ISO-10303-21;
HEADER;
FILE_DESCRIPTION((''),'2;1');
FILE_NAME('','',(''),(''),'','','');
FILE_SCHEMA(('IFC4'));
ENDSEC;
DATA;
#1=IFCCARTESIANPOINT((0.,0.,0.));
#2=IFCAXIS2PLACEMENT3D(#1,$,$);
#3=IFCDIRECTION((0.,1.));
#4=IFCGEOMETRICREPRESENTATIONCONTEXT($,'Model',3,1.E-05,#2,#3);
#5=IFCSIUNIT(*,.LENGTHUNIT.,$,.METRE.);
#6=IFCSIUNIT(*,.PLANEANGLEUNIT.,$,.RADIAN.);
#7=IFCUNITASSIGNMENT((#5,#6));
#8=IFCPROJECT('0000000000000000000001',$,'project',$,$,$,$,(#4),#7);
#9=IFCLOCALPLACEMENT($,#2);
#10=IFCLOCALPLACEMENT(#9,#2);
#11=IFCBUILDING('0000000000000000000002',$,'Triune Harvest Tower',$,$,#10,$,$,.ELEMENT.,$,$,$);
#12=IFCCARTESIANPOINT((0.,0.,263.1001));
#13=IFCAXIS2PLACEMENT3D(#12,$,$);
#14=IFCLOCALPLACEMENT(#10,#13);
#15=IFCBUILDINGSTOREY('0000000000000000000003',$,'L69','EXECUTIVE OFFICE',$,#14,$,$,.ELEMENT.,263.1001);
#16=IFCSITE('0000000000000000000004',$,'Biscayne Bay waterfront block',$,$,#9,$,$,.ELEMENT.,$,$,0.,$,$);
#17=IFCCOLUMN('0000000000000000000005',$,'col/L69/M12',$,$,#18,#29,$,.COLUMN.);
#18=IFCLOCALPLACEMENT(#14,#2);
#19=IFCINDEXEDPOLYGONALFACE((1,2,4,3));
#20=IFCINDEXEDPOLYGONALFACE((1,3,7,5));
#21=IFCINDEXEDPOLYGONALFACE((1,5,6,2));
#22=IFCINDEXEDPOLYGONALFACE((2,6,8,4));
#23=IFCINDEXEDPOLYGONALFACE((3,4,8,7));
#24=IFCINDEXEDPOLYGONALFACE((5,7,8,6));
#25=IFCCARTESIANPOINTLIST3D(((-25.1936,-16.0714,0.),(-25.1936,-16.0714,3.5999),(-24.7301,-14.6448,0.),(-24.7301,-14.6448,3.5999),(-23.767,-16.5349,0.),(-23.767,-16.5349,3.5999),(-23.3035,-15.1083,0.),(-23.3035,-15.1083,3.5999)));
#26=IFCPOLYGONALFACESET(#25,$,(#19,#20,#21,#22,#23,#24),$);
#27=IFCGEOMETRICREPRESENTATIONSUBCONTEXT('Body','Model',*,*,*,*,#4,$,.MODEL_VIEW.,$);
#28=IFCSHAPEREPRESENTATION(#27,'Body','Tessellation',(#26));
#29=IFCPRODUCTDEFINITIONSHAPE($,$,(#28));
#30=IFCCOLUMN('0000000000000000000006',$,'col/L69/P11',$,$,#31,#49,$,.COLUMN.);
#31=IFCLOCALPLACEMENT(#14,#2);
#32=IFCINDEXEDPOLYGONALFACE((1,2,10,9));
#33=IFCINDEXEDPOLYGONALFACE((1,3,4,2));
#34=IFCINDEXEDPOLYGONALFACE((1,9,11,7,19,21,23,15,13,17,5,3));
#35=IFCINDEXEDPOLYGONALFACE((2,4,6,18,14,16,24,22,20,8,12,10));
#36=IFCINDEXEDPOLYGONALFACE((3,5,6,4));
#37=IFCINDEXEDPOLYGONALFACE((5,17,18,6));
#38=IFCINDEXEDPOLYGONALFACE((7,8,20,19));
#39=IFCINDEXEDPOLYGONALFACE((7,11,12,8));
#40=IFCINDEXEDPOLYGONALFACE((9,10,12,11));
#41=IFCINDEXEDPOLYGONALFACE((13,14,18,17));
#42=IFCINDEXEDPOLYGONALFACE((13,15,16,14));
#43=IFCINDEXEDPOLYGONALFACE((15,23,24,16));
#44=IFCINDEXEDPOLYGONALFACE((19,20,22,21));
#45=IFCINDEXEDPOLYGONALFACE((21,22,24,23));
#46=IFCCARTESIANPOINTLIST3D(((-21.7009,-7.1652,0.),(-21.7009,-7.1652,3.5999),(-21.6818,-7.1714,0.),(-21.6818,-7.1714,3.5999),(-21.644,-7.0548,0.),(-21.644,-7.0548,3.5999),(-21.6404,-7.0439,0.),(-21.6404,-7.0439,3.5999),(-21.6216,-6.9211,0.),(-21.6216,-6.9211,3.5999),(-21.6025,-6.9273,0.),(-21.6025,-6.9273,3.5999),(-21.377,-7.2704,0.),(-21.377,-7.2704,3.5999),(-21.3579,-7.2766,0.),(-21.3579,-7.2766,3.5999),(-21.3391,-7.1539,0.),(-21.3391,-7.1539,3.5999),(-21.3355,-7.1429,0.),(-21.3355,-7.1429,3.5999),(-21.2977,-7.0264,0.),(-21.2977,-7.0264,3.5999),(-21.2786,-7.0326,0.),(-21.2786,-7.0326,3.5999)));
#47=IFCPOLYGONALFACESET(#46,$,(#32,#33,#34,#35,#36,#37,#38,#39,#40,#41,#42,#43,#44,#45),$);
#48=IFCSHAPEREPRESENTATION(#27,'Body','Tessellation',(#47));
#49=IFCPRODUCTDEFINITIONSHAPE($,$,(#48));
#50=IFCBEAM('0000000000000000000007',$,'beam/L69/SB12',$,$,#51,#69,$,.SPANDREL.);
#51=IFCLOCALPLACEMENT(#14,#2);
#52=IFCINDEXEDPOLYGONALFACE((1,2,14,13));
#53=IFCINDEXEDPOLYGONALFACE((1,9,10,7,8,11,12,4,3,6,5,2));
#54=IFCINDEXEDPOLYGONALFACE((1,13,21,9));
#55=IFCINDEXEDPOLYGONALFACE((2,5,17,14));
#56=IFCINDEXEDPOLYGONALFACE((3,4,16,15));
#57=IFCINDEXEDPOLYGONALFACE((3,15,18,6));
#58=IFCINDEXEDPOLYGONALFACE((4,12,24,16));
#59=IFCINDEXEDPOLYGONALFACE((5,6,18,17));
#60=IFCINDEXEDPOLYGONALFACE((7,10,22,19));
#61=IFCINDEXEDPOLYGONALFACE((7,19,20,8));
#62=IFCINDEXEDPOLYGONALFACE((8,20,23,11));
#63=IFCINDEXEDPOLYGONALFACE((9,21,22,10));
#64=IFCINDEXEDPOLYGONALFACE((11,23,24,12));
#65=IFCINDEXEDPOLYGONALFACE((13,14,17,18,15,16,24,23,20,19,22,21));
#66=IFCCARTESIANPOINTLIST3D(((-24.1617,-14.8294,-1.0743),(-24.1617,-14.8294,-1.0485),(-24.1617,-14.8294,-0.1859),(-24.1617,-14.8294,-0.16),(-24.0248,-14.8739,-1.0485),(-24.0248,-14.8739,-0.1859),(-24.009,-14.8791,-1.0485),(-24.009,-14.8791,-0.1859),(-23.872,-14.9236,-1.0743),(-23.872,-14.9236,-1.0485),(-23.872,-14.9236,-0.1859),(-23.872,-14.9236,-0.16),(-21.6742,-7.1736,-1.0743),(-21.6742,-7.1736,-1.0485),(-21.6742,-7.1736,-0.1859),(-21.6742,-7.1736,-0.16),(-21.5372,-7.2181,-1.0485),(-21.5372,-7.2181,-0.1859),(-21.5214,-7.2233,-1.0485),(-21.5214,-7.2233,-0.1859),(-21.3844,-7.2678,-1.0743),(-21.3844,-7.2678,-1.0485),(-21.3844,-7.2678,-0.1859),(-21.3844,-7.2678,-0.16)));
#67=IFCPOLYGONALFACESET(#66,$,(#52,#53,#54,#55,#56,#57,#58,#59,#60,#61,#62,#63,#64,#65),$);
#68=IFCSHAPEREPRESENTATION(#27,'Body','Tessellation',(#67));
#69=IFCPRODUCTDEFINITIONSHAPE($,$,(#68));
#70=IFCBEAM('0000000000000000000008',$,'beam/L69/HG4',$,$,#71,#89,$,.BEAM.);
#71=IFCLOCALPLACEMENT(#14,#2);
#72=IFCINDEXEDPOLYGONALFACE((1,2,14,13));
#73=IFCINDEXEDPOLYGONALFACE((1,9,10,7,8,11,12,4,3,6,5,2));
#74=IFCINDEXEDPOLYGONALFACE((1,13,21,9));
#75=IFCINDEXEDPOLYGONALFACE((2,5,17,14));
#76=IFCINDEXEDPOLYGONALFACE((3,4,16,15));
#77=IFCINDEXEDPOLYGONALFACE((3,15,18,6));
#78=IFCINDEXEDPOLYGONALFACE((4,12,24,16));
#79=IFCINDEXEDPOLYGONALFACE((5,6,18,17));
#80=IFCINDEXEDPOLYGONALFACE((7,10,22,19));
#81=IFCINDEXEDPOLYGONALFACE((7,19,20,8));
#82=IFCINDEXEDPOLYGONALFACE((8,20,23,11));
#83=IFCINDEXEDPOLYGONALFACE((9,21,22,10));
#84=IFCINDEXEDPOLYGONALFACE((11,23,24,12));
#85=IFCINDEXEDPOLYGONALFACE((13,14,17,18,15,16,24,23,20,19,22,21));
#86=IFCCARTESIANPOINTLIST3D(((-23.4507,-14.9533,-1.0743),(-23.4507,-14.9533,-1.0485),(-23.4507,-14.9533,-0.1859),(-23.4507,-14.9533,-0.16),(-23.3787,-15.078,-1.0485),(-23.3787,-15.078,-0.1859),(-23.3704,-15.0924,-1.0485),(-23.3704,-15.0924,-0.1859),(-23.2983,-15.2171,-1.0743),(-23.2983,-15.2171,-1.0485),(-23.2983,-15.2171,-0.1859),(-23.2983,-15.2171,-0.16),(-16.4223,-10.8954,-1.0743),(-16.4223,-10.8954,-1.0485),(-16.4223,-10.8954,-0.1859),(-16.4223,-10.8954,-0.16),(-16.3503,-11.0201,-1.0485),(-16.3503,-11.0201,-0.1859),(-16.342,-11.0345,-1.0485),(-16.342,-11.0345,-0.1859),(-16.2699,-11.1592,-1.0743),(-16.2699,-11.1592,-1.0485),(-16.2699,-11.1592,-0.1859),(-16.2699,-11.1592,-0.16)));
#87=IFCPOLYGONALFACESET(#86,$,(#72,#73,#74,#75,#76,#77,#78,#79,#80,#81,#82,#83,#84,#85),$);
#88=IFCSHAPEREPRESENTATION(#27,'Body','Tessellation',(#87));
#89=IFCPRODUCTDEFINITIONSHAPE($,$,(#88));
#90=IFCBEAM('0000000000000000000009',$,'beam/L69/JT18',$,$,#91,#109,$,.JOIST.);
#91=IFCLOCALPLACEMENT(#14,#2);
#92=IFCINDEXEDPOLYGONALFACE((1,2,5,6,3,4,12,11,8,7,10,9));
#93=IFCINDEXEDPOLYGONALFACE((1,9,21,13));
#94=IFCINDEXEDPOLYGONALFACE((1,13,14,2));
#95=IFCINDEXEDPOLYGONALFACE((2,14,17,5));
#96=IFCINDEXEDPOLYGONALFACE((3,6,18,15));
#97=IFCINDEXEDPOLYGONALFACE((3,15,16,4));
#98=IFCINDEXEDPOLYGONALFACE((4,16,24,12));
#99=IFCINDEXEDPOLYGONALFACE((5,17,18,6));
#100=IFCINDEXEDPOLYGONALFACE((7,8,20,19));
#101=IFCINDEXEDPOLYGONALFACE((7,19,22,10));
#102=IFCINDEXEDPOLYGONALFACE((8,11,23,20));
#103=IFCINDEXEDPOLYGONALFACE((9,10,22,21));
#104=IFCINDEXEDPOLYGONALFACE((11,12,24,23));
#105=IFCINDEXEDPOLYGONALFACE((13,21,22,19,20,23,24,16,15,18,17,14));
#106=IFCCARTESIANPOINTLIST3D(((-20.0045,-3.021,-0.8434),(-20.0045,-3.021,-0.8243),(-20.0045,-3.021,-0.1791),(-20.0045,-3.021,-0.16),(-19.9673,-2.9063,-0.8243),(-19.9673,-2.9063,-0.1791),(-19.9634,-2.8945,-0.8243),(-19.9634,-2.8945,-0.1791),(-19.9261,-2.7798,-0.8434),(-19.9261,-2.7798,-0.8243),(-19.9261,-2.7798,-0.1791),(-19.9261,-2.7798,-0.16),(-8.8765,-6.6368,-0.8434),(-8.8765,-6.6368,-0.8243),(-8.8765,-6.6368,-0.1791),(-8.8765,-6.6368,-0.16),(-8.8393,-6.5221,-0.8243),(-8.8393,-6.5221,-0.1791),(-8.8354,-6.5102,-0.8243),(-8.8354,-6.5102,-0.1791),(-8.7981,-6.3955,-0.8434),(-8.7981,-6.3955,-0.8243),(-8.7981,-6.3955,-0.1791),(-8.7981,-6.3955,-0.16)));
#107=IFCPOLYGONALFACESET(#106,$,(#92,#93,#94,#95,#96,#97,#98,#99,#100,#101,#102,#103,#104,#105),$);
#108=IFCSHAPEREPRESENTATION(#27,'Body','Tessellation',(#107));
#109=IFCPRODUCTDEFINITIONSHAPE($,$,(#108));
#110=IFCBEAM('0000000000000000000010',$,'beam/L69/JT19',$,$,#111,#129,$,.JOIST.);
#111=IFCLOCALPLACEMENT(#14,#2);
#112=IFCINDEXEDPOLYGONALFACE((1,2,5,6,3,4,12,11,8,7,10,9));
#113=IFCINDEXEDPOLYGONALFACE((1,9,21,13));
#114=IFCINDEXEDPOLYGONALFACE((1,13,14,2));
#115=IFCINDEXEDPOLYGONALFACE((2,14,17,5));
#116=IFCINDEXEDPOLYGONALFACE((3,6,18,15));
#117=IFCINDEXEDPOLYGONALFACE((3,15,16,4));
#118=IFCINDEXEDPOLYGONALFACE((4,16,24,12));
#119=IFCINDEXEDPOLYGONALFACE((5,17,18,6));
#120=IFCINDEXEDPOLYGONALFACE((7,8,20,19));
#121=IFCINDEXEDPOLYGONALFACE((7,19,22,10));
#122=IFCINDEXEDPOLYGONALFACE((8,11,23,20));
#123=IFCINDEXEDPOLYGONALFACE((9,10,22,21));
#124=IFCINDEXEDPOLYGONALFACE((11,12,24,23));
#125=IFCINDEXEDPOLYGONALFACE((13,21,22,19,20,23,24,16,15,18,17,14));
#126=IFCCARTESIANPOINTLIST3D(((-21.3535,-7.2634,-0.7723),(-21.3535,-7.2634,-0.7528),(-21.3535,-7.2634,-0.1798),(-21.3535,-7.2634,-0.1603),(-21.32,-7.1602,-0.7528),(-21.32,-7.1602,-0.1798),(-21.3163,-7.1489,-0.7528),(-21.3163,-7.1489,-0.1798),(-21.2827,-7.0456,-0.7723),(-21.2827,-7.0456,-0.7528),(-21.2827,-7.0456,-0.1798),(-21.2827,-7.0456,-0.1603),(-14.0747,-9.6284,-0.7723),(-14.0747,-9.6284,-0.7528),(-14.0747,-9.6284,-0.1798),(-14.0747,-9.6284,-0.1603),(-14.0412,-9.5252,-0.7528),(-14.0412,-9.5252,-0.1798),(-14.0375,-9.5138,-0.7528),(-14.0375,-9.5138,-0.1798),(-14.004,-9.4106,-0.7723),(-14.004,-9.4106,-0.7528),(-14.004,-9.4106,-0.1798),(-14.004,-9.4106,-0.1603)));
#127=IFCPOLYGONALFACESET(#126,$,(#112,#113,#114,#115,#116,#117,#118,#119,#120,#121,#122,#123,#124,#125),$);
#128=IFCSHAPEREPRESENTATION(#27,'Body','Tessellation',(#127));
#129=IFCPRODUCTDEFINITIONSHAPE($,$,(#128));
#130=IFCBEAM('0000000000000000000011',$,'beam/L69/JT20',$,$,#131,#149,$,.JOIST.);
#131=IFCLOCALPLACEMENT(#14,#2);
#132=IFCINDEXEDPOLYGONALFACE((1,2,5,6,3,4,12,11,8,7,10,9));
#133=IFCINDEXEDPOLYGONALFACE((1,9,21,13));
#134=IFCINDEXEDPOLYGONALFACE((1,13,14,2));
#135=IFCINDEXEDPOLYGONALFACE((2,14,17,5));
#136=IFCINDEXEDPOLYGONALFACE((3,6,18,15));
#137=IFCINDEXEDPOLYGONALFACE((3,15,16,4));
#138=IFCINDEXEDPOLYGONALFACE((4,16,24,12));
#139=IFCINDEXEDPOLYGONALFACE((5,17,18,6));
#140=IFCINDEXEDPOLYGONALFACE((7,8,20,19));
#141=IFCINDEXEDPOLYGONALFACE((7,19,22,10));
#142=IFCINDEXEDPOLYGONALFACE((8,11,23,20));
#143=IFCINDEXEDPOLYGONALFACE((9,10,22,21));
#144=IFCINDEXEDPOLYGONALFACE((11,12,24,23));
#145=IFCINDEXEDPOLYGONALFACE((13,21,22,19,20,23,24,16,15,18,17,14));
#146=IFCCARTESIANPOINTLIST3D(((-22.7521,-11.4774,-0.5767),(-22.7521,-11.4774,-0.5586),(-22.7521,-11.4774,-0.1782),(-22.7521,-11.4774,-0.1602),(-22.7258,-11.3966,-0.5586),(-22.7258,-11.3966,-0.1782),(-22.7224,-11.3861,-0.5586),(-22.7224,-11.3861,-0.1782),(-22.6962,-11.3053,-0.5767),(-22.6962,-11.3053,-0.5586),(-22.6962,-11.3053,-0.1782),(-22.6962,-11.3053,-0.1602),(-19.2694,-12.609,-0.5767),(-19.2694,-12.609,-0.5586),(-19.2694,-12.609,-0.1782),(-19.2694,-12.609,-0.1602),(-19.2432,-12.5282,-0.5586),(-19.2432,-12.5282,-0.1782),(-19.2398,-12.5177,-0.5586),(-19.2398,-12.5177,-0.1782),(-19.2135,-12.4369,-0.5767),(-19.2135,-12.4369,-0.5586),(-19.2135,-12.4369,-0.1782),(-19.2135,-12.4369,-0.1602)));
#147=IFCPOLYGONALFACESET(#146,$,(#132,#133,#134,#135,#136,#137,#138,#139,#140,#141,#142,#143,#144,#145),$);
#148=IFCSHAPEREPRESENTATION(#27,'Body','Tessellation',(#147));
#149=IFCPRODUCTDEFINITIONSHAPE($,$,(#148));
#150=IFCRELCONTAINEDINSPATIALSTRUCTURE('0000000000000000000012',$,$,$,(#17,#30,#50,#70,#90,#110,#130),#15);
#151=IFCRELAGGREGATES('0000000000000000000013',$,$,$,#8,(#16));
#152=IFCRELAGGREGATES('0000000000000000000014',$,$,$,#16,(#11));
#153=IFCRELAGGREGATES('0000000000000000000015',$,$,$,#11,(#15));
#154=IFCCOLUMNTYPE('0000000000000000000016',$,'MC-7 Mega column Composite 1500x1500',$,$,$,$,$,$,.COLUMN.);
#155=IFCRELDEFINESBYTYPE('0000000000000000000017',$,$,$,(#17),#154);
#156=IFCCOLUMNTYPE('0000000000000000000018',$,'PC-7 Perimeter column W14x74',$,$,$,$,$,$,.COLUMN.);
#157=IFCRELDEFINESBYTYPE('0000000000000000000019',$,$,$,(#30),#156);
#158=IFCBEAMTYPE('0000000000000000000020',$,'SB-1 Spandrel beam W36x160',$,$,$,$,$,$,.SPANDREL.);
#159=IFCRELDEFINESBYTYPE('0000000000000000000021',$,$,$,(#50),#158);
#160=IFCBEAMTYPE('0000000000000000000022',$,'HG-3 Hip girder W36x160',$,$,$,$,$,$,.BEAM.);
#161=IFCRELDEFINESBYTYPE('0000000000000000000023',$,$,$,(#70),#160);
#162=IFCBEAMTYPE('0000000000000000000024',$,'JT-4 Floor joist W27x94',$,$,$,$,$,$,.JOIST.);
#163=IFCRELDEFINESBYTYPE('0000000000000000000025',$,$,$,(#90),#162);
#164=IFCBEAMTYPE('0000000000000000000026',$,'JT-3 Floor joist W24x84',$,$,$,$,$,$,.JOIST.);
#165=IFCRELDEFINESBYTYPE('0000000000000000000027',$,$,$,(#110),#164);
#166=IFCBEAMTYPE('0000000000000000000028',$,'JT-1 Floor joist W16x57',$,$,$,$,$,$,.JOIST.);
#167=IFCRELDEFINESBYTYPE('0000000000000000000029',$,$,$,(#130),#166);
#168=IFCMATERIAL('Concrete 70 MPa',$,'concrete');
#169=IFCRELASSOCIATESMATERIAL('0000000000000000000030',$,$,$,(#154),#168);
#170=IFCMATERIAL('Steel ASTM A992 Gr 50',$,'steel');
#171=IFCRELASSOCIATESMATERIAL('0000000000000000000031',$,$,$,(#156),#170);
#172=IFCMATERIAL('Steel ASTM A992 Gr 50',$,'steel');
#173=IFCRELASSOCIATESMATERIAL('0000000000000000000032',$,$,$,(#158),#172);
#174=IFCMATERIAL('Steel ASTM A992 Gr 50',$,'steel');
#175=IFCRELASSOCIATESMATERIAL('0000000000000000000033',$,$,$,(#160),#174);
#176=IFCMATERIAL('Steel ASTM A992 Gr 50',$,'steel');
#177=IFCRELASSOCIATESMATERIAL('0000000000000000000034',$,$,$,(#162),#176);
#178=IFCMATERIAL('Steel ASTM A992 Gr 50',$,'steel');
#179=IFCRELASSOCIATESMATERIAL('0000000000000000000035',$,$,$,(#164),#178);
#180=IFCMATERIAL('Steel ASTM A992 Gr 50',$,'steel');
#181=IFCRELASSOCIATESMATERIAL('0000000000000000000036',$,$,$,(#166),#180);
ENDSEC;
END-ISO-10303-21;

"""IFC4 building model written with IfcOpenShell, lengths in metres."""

from ifc_helpers import new_model, si_unit, direction, frame, origin, origin_2d, place, context, subcontext, project, spatial, rectangle, i_section, extrude, source, transform, mapped, material, material_profile, profile_set, type_object, element, save


model = new_model("IFC4")

# Units and contexts
model_context = context("Model", 3, precision=1e-05, world=origin(), true_north=direction((0.0, 1.0)))
body_context = subcontext(model_context, "Body", "Model", "MODEL_VIEW")
ifc_project = project(units=[si_unit("LENGTHUNIT", "METRE"), si_unit("PLANEANGLEUNIT", "RADIAN")], contexts=[model_context])

# Site, building, storey
site_placement = place(None, origin())
site = spatial("IfcSite", under=ifc_project, at=site_placement, Name="Biscayne Bay waterfront block", CompositionType="ELEMENT", RefElevation=0.0)
building_placement = place(site_placement, origin())
building = spatial("IfcBuilding", under=site, at=building_placement, Name="Triune Harvest Tower", CompositionType="ELEMENT")
storey_placement = place(building_placement, frame((0.0, 0.0, 263.1001)))
storey = spatial("IfcBuildingStorey", under=building, at=storey_placement, Name="L69", Description="EXECUTIVE OFFICE", CompositionType="ELEMENT", Elevation=263.1001)

# Columns
ifc_material_1 = material(Name="Concrete 70 MPa", Category="concrete")
ifc_material_profile_1 = material_profile(ifc_material_1, rectangle(XDim=1.5, YDim=1.5, at=origin_2d()), Name="Composite 1500x1500")
ifc_profile_set_1 = profile_set([ifc_material_profile_1], Name="Concrete 70 MPa")
column_type_1 = type_object("IfcColumnType", Name="MC-7 Mega column Composite 1500x1500", PredefinedType="COLUMN", material=ifc_profile_set_1)
shared_shape_1 = source(origin(), body_context, "Body", "SweptSolid", [
    extrude(rectangle(XDim=1.5, YDim=1.5, at=origin_2d()), origin(), (0.0, 0.0, 1.0), 3.5999),
])
column_1_placement = place(storey_placement, frame((-24.2485, -15.5898, 0.0), z_axis=(0.0, 0.0, 1.0), x_axis=(-0.309015, -0.951057, 0.0)))
element("IfcColumn", 1, at=column_1_placement, inside=storey, type_object=column_type_1, Name="col/L69/M12", PredefinedType="COLUMN", context=body_context, shape_type="MappedRepresentation", body=[
    mapped(shared_shape_1, transform((0.0, 0.0, 0.0), scale=1.0)),
])
ifc_material_2 = material(Name="Steel ASTM A992 Gr 50", Category="steel")
ifc_material_profile_2 = material_profile(ifc_material_2, i_section(OverallWidth=0.2566, OverallDepth=0.3606, WebThickness=0.0115, FlangeThickness=0.02, at=origin_2d()), Name="W14x74")
ifc_profile_set_2 = profile_set([ifc_material_profile_2], Name="Steel ASTM A992 Gr 50")
column_type_2 = type_object("IfcColumnType", Name="PC-7 Perimeter column W14x74", PredefinedType="COLUMN", material=ifc_profile_set_2)
shared_shape_2 = source(origin(), body_context, "Body", "SweptSolid", [
    extrude(i_section(OverallWidth=0.2566, OverallDepth=0.3606, WebThickness=0.0115, FlangeThickness=0.02, at=origin_2d()), origin(), (0.0, 0.0, 1.0), 3.5999),
])
column_2_placement = place(storey_placement, frame((-21.4897, -7.0989, 0.0), z_axis=(0.0, 0.0, 1.0), x_axis=(-0.309015, -0.951057, 0.0)))
element("IfcColumn", 2, at=column_2_placement, inside=storey, type_object=column_type_2, Name="col/L69/P11", PredefinedType="COLUMN", context=body_context, shape_type="MappedRepresentation", body=[
    mapped(shared_shape_2, transform((0.0, 0.0, 0.0), scale=1.0)),
])

# Beams
ifc_material_3 = material(Name="Steel ASTM A992 Gr 50", Category="steel")
ifc_material_profile_3 = material_profile(ifc_material_3, i_section(OverallWidth=0.3047, OverallDepth=0.9143, WebThickness=0.0166, FlangeThickness=0.0259, at=origin_2d()), Name="W36x160")
ifc_profile_set_3 = profile_set([ifc_material_profile_3], Name="Steel ASTM A992 Gr 50")
beam_type_1 = type_object("IfcBeamType", Name="SB-1 Spandrel beam W36x160", PredefinedType="SPANDREL", material=ifc_profile_set_3)
shared_shape_3 = source(origin(), body_context, "Body", "SweptSolid", [
    extrude(i_section(OverallWidth=0.3047, OverallDepth=0.9143, WebThickness=0.0166, FlangeThickness=0.0259, at=origin_2d()), origin(), (0.0, 0.0, 1.0), 8.0498),
])
beam_1_placement = place(storey_placement, frame((-21.5293, -7.2207, -0.6172), z_axis=(-0.309022, -0.951055, 0.0), x_axis=(0.951055, -0.309022, 0.0)))
element("IfcBeam", 3, at=beam_1_placement, inside=storey, type_object=beam_type_1, Name="beam/L69/SB12", PredefinedType="SPANDREL", context=body_context, shape_type="MappedRepresentation", body=[
    mapped(shared_shape_3, transform((0.0, 0.0, 0.0), scale=1.0)),
])
ifc_material_4 = material(Name="Steel ASTM A992 Gr 50", Category="steel")
ifc_material_profile_4 = material_profile(ifc_material_4, i_section(OverallWidth=0.3047, OverallDepth=0.9143, WebThickness=0.0166, FlangeThickness=0.0259, at=origin_2d()), Name="W36x160")
ifc_profile_set_4 = profile_set([ifc_material_profile_4], Name="Steel ASTM A992 Gr 50")
beam_type_2 = type_object("IfcBeamType", Name="HG-3 Hip girder W36x160", PredefinedType="BEAM", material=ifc_profile_set_4)
shared_shape_4 = source(origin(), body_context, "Body", "SweptSolid", [
    extrude(i_section(OverallWidth=0.3047, OverallDepth=0.9143, WebThickness=0.0166, FlangeThickness=0.0259, at=origin_2d()), origin(), (0.0, 0.0, 1.0), 8.1157),
])
beam_2_placement = place(storey_placement, frame((-23.3745, -15.0852, -0.6172), z_axis=(0.866022, 0.500005, 0.0), x_axis=(-0.500005, 0.866022, 0.0)))
element("IfcBeam", 4, at=beam_2_placement, inside=storey, type_object=beam_type_2, Name="beam/L69/HG4", PredefinedType="BEAM", context=body_context, shape_type="MappedRepresentation", body=[
    mapped(shared_shape_4, transform((0.0, 0.0, 0.0), scale=1.0)),
])
ifc_material_5 = material(Name="Steel ASTM A992 Gr 50", Category="steel")
ifc_material_profile_5 = material_profile(ifc_material_5, i_section(OverallWidth=0.2537, OverallDepth=0.6833, WebThickness=0.0125, FlangeThickness=0.019, at=origin_2d()), Name="W27x94")
ifc_profile_set_5 = profile_set([ifc_material_profile_5], Name="Steel ASTM A992 Gr 50")
beam_type_3 = type_object("IfcBeamType", Name="JT-4 Floor joist W27x94", PredefinedType="JOIST", material=ifc_profile_set_5)
shared_shape_5 = source(origin(), body_context, "Body", "SweptSolid", [
    extrude(i_section(OverallWidth=0.2537, OverallDepth=0.6833, WebThickness=0.0125, FlangeThickness=0.019, at=origin_2d()), origin(), (0.0, 0.0, 1.0), 11.7007),
])
beam_3_placement = place(storey_placement, frame((-19.9653, -2.9004, -0.5017), z_axis=(0.951056, -0.30902, 0.0), x_axis=(0.30902, 0.951056, 0.0)))
element("IfcBeam", 5, at=beam_3_placement, inside=storey, type_object=beam_type_3, Name="beam/L69/JT18", PredefinedType="JOIST", context=body_context, shape_type="MappedRepresentation", body=[
    mapped(shared_shape_5, transform((0.0, 0.0, 0.0), scale=1.0)),
])
ifc_material_6 = material(Name="Steel ASTM A992 Gr 50", Category="steel")
ifc_material_profile_6 = material_profile(ifc_material_6, i_section(OverallWidth=0.229, OverallDepth=0.6121, WebThickness=0.012, FlangeThickness=0.0195, at=origin_2d()), Name="W24x84")
ifc_profile_set_6 = profile_set([ifc_material_profile_6], Name="Steel ASTM A992 Gr 50")
beam_type_4 = type_object("IfcBeamType", Name="JT-3 Floor joist W24x84", PredefinedType="JOIST", material=ifc_profile_set_6)
shared_shape_6 = source(origin(), body_context, "Body", "SweptSolid", [
    extrude(i_section(OverallWidth=0.229, OverallDepth=0.6121, WebThickness=0.012, FlangeThickness=0.0195, at=origin_2d()), origin(), (0.0, 0.0, 1.0), 7.6533),
])
beam_4_placement = place(storey_placement, frame((-21.3181, -7.1545, -0.4663), z_axis=(0.951058, -0.309012, 0.0), x_axis=(0.309012, 0.951058, 0.0)))
element("IfcBeam", 6, at=beam_4_placement, inside=storey, type_object=beam_type_4, Name="beam/L69/JT19", PredefinedType="JOIST", context=body_context, shape_type="MappedRepresentation", body=[
    mapped(shared_shape_6, transform((0.0, 0.0, 0.0), scale=1.0)),
])
ifc_material_7 = material(Name="Steel ASTM A992 Gr 50", Category="steel")
ifc_material_profile_7 = material_profile(ifc_material_7, i_section(OverallWidth=0.1809, OverallDepth=0.4165, WebThickness=0.011, FlangeThickness=0.0181, at=origin_2d()), Name="W16x57")
ifc_profile_set_7 = profile_set([ifc_material_profile_7], Name="Steel ASTM A992 Gr 50")
beam_type_5 = type_object("IfcBeamType", Name="JT-1 Floor joist W16x57", PredefinedType="JOIST", material=ifc_profile_set_7)
shared_shape_7 = source(origin(), body_context, "Body", "SweptSolid", [
    extrude(i_section(OverallWidth=0.1809, OverallDepth=0.4165, WebThickness=0.011, FlangeThickness=0.0181, at=origin_2d()), origin(), (0.0, 0.0, 1.0), 3.6619),
])
beam_5_placement = place(storey_placement, frame((-22.7241, -11.3914, -0.3684), z_axis=(0.951056, -0.309018, 0.0), x_axis=(0.309018, 0.951056, 0.0)))
element("IfcBeam", 7, at=beam_5_placement, inside=storey, type_object=beam_type_5, Name="beam/L69/JT20", PredefinedType="JOIST", context=body_context, shape_type="MappedRepresentation", body=[
    mapped(shared_shape_7, transform((0.0, 0.0, 0.0), scale=1.0)),
])

save(model, "model.ifc")
